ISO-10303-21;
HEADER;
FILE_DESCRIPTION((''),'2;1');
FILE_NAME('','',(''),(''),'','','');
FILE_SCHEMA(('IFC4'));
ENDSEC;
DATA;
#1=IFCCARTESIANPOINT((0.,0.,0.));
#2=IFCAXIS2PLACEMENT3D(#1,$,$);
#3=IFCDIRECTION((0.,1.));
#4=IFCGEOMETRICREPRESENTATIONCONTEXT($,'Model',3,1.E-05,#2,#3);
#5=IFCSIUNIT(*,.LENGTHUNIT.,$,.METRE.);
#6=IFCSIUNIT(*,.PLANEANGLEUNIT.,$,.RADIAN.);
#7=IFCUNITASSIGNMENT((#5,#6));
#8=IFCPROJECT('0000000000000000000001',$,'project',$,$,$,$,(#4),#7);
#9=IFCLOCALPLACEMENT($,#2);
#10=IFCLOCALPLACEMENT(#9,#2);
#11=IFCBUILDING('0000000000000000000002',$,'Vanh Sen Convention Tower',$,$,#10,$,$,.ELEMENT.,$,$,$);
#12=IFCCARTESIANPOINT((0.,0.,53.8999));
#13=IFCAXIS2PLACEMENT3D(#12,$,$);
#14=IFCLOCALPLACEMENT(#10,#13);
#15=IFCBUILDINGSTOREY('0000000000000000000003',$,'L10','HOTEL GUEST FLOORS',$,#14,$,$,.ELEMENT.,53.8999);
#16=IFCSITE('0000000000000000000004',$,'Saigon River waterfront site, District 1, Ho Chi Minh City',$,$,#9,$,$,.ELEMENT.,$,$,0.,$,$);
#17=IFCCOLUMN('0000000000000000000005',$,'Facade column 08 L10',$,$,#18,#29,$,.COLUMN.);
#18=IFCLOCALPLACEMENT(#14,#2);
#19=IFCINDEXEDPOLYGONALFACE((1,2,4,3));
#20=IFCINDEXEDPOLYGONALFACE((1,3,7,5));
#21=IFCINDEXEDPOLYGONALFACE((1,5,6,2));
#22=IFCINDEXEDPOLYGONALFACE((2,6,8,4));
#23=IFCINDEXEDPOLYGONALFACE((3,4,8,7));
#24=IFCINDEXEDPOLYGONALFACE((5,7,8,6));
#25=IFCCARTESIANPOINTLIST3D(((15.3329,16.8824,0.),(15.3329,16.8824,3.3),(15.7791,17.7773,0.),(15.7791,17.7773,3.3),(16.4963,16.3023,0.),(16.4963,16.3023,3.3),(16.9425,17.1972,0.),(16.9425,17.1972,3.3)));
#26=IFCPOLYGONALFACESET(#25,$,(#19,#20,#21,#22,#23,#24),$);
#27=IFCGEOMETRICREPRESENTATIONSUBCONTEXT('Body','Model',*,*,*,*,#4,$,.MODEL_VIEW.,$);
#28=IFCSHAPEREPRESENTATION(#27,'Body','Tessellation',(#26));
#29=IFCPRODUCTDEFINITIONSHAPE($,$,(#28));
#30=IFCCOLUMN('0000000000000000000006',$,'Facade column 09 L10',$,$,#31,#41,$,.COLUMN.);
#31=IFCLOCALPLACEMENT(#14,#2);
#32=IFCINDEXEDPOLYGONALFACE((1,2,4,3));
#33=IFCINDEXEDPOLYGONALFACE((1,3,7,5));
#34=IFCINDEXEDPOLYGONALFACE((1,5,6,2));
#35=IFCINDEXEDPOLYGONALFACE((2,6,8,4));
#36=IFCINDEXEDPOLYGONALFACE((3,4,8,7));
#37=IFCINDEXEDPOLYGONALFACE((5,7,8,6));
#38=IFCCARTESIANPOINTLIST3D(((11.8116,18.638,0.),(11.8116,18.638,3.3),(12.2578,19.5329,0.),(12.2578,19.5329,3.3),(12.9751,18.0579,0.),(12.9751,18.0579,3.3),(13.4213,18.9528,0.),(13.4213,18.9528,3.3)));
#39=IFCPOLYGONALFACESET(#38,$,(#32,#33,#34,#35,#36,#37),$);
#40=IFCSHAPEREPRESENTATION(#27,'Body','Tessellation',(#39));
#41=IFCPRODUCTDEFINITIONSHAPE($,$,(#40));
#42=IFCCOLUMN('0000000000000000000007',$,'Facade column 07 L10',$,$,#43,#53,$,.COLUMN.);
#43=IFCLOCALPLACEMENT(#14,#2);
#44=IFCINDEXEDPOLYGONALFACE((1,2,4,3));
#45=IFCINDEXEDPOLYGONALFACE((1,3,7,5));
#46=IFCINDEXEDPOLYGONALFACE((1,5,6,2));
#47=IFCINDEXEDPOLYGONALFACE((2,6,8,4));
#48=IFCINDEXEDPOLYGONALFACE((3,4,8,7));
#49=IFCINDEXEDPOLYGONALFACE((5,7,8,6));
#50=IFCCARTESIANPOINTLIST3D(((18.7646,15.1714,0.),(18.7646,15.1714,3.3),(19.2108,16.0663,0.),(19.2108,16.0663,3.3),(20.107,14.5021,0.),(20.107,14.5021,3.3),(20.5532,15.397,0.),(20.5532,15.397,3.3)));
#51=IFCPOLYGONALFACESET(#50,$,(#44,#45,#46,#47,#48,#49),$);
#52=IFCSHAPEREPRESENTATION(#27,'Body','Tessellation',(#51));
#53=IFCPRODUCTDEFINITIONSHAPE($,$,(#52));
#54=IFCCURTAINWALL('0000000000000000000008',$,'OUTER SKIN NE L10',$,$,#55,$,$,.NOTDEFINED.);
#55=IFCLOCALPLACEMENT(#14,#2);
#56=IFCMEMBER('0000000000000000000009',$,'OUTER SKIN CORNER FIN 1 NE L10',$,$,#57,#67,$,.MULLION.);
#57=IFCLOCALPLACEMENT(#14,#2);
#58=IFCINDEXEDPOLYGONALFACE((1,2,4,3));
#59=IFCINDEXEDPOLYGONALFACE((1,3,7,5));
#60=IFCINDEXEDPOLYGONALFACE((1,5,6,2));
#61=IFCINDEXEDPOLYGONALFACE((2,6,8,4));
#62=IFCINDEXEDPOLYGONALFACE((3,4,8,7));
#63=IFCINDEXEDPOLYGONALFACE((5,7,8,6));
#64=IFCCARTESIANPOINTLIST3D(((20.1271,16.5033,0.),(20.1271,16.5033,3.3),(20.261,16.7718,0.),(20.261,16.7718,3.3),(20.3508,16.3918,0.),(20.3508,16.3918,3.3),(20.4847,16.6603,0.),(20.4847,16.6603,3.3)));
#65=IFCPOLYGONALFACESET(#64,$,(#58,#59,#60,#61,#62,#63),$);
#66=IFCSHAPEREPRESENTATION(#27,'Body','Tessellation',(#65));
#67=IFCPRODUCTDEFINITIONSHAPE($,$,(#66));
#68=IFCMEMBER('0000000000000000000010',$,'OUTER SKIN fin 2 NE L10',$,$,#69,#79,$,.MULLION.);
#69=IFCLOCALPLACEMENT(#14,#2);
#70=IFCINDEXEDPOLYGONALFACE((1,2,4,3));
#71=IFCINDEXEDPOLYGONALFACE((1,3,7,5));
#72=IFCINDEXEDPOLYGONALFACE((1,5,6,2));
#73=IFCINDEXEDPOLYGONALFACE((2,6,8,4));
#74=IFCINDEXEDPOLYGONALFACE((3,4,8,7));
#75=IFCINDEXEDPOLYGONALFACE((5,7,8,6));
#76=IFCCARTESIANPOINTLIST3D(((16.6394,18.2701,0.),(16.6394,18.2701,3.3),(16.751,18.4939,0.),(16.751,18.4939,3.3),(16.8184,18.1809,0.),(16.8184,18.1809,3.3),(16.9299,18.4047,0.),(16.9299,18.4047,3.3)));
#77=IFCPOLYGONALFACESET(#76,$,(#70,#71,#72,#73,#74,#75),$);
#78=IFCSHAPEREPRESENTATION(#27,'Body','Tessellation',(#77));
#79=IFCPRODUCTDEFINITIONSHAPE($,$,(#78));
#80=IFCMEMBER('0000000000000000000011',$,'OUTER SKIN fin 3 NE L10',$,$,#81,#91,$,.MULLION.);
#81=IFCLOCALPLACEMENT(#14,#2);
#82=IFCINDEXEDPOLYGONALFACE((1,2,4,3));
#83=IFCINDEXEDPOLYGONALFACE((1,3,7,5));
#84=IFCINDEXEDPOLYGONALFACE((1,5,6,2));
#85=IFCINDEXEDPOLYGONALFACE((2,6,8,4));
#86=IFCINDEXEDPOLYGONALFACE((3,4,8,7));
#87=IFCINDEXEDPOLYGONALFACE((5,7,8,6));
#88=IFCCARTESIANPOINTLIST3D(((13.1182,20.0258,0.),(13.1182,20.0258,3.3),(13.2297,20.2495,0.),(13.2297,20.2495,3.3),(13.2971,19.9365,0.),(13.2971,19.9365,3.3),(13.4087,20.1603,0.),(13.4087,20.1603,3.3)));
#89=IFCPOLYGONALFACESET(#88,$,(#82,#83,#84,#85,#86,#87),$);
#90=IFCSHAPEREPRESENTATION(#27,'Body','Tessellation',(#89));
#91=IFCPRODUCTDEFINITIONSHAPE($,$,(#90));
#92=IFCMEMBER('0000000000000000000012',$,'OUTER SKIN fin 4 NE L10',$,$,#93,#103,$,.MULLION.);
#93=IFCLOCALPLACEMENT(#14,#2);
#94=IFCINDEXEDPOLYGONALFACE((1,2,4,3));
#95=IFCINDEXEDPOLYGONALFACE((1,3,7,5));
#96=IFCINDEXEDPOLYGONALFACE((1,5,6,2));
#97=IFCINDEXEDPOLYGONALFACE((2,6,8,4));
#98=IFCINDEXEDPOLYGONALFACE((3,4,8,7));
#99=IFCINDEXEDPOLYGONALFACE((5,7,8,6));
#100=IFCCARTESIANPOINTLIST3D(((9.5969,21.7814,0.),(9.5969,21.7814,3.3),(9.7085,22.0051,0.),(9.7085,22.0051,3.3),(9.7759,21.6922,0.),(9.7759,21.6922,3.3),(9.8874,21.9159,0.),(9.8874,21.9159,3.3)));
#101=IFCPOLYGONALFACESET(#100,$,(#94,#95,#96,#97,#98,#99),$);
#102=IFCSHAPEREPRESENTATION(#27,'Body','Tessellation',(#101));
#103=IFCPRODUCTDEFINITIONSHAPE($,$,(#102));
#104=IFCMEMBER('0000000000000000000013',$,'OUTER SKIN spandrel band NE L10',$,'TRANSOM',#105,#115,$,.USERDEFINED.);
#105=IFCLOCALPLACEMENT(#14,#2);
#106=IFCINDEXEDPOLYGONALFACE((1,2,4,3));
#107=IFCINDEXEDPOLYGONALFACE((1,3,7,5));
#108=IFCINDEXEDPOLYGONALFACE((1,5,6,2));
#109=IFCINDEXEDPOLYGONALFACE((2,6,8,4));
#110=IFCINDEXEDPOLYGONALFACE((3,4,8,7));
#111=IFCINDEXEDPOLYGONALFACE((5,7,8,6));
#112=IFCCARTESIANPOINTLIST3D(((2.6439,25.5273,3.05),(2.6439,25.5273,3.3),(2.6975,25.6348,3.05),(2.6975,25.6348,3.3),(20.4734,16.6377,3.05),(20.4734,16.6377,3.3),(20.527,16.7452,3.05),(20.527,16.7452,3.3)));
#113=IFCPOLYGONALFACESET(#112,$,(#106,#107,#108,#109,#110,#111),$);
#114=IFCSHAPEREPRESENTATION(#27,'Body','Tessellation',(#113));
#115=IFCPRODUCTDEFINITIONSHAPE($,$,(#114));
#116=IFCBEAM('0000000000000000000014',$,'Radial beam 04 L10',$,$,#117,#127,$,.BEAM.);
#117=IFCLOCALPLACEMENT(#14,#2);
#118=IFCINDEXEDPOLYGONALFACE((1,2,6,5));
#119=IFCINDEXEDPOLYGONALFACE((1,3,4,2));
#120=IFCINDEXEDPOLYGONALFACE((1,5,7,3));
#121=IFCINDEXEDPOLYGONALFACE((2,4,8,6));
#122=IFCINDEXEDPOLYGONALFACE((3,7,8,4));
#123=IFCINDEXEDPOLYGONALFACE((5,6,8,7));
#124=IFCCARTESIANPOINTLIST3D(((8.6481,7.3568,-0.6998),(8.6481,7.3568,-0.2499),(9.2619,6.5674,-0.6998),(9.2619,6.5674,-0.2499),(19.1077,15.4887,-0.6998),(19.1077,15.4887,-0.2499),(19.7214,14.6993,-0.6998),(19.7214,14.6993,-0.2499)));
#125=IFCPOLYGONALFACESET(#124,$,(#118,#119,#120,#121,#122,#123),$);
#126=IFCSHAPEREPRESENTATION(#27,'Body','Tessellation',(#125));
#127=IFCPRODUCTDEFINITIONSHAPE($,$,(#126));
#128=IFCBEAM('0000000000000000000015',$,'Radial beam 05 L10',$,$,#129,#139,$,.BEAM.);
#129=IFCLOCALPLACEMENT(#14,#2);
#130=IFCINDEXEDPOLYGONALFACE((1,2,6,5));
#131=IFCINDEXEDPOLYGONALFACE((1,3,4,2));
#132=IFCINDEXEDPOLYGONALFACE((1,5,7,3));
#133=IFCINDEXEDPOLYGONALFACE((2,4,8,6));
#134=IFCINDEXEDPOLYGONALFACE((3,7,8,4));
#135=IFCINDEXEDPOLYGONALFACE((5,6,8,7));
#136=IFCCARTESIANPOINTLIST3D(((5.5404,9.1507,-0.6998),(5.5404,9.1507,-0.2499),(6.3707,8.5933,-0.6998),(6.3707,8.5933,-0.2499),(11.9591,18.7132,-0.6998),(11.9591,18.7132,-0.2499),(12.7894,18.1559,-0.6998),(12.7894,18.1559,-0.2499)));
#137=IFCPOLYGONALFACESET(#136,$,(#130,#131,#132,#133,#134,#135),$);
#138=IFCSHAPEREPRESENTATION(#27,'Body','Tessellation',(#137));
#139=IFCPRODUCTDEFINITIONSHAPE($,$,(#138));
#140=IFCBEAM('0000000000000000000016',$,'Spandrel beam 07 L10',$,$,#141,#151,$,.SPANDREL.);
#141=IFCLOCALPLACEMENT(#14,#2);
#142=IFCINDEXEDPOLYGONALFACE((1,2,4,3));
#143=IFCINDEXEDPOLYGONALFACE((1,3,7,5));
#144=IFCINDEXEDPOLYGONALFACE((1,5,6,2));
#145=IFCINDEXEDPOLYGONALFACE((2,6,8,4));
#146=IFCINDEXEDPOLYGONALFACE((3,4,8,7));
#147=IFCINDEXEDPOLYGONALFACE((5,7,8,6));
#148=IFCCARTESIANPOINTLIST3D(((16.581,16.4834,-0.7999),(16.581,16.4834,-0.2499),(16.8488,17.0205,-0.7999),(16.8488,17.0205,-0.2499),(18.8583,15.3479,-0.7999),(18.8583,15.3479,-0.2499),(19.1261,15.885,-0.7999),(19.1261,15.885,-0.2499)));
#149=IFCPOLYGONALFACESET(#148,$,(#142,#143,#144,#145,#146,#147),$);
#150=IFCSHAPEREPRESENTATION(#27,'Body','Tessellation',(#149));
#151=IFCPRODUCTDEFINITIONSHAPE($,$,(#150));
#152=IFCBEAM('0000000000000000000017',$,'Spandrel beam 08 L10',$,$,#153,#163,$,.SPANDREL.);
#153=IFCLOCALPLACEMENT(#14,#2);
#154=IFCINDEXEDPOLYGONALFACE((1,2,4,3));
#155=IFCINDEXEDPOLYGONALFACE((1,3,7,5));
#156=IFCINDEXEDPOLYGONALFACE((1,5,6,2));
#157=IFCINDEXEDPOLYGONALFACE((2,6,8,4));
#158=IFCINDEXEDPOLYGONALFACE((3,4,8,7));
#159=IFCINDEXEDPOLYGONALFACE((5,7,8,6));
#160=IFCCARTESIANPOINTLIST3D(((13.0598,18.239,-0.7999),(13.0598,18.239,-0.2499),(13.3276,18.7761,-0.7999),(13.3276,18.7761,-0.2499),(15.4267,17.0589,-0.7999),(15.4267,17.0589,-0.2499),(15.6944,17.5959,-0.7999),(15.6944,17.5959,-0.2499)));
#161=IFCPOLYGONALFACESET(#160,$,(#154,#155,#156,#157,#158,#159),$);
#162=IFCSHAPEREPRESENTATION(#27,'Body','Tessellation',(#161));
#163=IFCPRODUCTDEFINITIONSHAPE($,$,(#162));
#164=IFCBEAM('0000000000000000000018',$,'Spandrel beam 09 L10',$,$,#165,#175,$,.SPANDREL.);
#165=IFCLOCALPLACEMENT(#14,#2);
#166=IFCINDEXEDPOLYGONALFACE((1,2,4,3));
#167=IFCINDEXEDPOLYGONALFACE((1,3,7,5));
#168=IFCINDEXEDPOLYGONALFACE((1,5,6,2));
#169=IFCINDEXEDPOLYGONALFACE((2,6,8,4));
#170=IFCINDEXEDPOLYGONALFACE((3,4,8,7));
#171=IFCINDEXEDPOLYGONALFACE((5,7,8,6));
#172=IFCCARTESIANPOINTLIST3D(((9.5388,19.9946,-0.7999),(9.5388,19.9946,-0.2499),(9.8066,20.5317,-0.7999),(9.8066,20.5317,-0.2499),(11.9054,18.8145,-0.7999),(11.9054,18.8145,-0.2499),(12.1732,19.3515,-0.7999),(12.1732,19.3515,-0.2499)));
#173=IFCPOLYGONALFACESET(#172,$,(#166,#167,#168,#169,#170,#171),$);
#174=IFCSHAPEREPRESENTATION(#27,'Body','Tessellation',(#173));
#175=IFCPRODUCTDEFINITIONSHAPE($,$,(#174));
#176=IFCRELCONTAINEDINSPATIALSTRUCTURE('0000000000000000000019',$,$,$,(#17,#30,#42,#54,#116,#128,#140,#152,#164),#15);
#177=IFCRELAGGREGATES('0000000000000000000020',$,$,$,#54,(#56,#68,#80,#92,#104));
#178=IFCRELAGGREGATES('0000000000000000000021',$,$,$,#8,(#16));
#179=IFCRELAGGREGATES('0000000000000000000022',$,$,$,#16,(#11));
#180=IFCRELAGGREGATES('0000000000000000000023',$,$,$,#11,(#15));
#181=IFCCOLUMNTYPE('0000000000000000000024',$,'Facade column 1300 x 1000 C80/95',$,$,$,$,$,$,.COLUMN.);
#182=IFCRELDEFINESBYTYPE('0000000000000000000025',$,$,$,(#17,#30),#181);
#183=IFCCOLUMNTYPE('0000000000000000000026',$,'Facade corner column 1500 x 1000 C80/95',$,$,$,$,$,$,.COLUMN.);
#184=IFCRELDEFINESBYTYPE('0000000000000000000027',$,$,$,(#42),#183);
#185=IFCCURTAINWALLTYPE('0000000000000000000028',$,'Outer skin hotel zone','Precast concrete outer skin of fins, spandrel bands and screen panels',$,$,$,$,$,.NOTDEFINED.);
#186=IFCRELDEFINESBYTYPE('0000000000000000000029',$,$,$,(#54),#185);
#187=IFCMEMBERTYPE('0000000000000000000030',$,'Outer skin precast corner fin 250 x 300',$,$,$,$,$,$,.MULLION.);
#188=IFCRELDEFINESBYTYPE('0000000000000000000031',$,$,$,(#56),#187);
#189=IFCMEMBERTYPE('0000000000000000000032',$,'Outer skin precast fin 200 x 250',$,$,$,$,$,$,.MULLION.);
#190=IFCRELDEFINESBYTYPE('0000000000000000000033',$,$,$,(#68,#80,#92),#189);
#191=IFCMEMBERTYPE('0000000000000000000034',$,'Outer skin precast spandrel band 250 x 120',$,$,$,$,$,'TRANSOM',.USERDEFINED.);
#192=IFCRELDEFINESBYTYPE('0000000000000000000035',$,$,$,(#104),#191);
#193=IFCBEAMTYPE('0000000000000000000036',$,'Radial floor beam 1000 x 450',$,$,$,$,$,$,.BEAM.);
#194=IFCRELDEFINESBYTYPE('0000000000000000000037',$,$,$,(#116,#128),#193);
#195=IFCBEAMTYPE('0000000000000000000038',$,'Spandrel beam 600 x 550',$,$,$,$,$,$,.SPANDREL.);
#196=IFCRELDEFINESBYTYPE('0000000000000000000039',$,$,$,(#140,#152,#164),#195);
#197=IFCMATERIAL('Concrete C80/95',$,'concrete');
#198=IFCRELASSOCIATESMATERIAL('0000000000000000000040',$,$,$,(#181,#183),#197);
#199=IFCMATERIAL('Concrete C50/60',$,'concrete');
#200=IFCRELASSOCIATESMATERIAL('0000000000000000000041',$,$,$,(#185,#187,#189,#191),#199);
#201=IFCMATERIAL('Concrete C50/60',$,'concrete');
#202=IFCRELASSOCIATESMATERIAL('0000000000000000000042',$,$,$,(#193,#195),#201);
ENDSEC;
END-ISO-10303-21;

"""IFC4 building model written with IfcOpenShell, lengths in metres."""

from ifc_helpers import new_model, si_unit, direction, frame, origin, origin_2d, place, context, subcontext, project, spatial, rectangle, extrude, material, material_profile, profile_set, type_object, element, aggregate, save


model = new_model("IFC4")

# Units and contexts
model_context = context("Model", 3, precision=1e-05, world=origin(), true_north=direction((0.0, 1.0)))
body_context = subcontext(model_context, "Body", "Model", "MODEL_VIEW")
ifc_project = project(units=[si_unit("LENGTHUNIT", "METRE"), si_unit("PLANEANGLEUNIT", "RADIAN")], contexts=[model_context])

# Site, building, storey
site_placement = place(None, origin())
site = spatial("IfcSite", under=ifc_project, at=site_placement, Name="Saigon River waterfront site, District 1, Ho Chi Minh City", CompositionType="ELEMENT", RefElevation=0.0)
building_placement = place(site_placement, origin())
building = spatial("IfcBuilding", under=site, at=building_placement, Name="Vanh Sen Convention Tower", CompositionType="ELEMENT")
storey_placement = place(building_placement, frame((0.0, 0.0, 53.8999)))
storey = spatial("IfcBuildingStorey", under=building, at=storey_placement, Name="L10", Description="HOTEL GUEST FLOORS", CompositionType="ELEMENT", Elevation=53.8999)

# Columns
ifc_material_1 = material(Name="Concrete C80/95", Category="concrete")
ifc_material_profile_1 = material_profile(ifc_material_1, rectangle(XDim=1.3, YDim=1.0, at=origin_2d()), Name="RC 1300X1000")
ifc_profile_set_1 = profile_set([ifc_material_profile_1], Name="Concrete C80/95")
column_type_1 = type_object("IfcColumnType", Name="Facade column 1300 x 1000 C80/95", PredefinedType="COLUMN", material=ifc_profile_set_1)
for number, where, z_axis, x_axis, name in (
    (1, (16.1377, 17.0398, 0.0), (0.0, 0.0, 1.0), (-0.894934, 0.446198, 0.0), "Facade column 08 L10"),
    (2, (12.6165, 18.7954, 0.0), (0.0, 0.0, 1.0), (-0.894934, 0.446198, 0.0), "Facade column 09 L10"),
):
    element("IfcColumn", number, at=place(storey_placement, frame(where, z_axis=z_axis, x_axis=x_axis)), inside=storey, type_object=column_type_1, Name=name, PredefinedType="COLUMN", context=body_context, shape_type="SweptSolid", body=[
        extrude(rectangle(XDim=1.3, YDim=1.0, at=origin_2d()), origin(), (0.0, 0.0, 1.0), 3.3),
    ])
ifc_material_profile_2 = material_profile(ifc_material_1, rectangle(XDim=1.5, YDim=1.0, at=origin_2d()), Name="RC 1500X1000")
ifc_profile_set_2 = profile_set([ifc_material_profile_2], Name="Concrete C80/95")
column_type_2 = type_object("IfcColumnType", Name="Facade corner column 1500 x 1000 C80/95", PredefinedType="COLUMN", material=ifc_profile_set_2)
column_placement = place(storey_placement, frame((19.6589, 15.2842, 0.0), z_axis=(0.0, 0.0, 1.0), x_axis=(-0.894934, 0.446198, 0.0)))
element("IfcColumn", 3, at=column_placement, inside=storey, type_object=column_type_2, Name="Facade column 07 L10", PredefinedType="COLUMN", context=body_context, shape_type="SweptSolid", body=[
    extrude(rectangle(XDim=1.5, YDim=1.0, at=origin_2d()), origin(), (0.0, 0.0, 1.0), 3.3),
])

# Curtain wall, members
ifc_material_2 = material(Name="Concrete C50/60", Category="concrete")
curtain_wall_type = type_object("IfcCurtainWallType", Name="Outer skin hotel zone", Description="Precast concrete outer skin of fins, spandrel bands and screen panels", PredefinedType="NOTDEFINED", material=ifc_material_2)
curtain_wall_1_placement = place(storey_placement, origin())
curtain_wall_1 = element("IfcCurtainWall", 4, at=curtain_wall_1_placement, inside=storey, type_object=curtain_wall_type, Name="OUTER SKIN NE L10", PredefinedType="NOTDEFINED")
ifc_material_profile_3 = material_profile(ifc_material_2, rectangle(XDim=0.25, YDim=0.3, at=origin_2d()), Name="Outer skin precast corner fin 250 x 300")
ifc_profile_set_3 = profile_set([ifc_material_profile_3], Name="Concrete C50/60")
member_type_1 = type_object("IfcMemberType", Name="Outer skin precast corner fin 250 x 300", PredefinedType="MULLION", material=ifc_profile_set_3)
member_1_placement = place(storey_placement, frame((20.3059, 16.5818, 0.0), z_axis=(0.0, 0.0, 1.0), x_axis=(-0.894934, 0.446198, 0.0)))
member_1 = element("IfcMember", 5, at=member_1_placement, type_object=member_type_1, Name="OUTER SKIN CORNER FIN 1 NE L10", PredefinedType="MULLION", context=body_context, shape_type="SweptSolid", body=[
    extrude(rectangle(XDim=0.25, YDim=0.3, at=origin_2d()), origin(), (0.0, 0.0, 1.0), 3.3),
])
ifc_material_profile_4 = material_profile(ifc_material_2, rectangle(XDim=0.2, YDim=0.25, at=origin_2d()), Name="Outer skin precast fin 200 x 250")
ifc_profile_set_4 = profile_set([ifc_material_profile_4], Name="Concrete C50/60")
member_type_2 = type_object("IfcMemberType", Name="Outer skin precast fin 200 x 250", PredefinedType="MULLION", material=ifc_profile_set_4)
member_2_placement = place(storey_placement, frame((16.7847, 18.3374, 0.0), z_axis=(0.0, 0.0, 1.0), x_axis=(-0.894934, 0.446198, 0.0)))
member_2 = element("IfcMember", 6, at=member_2_placement, type_object=member_type_2, Name="OUTER SKIN fin 2 NE L10", PredefinedType="MULLION", context=body_context, shape_type="SweptSolid", body=[
    extrude(rectangle(XDim=0.2, YDim=0.25, at=origin_2d()), origin(), (0.0, 0.0, 1.0), 3.3),
])
member_3_placement = place(storey_placement, frame((13.2634, 20.093, 0.0), z_axis=(0.0, 0.0, 1.0), x_axis=(-0.894934, 0.446198, 0.0)))
member_3 = element("IfcMember", 7, at=member_3_placement, type_object=member_type_2, Name="OUTER SKIN fin 3 NE L10", PredefinedType="MULLION", context=body_context, shape_type="SweptSolid", body=[
    extrude(rectangle(XDim=0.2, YDim=0.25, at=origin_2d()), origin(), (0.0, 0.0, 1.0), 3.3),
])
member_4_placement = place(storey_placement, frame((9.7422, 21.8486, 0.0), z_axis=(0.0, 0.0, 1.0), x_axis=(-0.894934, 0.446198, 0.0)))
member_4 = element("IfcMember", 8, at=member_4_placement, type_object=member_type_2, Name="OUTER SKIN fin 4 NE L10", PredefinedType="MULLION", context=body_context, shape_type="SweptSolid", body=[
    extrude(rectangle(XDim=0.2, YDim=0.25, at=origin_2d()), origin(), (0.0, 0.0, 1.0), 3.3),
])
ifc_material_profile_5 = material_profile(ifc_material_2, rectangle(XDim=0.1201, YDim=0.25, at=origin_2d()), Name="Outer skin precast spandrel band 250 x 120")
ifc_profile_set_5 = profile_set([ifc_material_profile_5], Name="Concrete C50/60")
member_type_3 = type_object("IfcMemberType", Name="Outer skin precast spandrel band 250 x 120", ElementType="TRANSOM", PredefinedType="USERDEFINED", material=ifc_profile_set_5)
member_5_placement = place(storey_placement, frame((20.5002, 16.6914, 3.175), z_axis=(-0.894931, 0.446204, 0.0), x_axis=(-0.446204, -0.894931, 0.0)))
member_5 = element("IfcMember", 9, at=member_5_placement, type_object=member_type_3, Name="OUTER SKIN spandrel band NE L10", ObjectType="TRANSOM", PredefinedType="USERDEFINED", context=body_context, shape_type="SweptSolid", body=[
    extrude(rectangle(XDim=0.1201, YDim=0.25, at=origin_2d()), origin(), (0.0, 0.0, 1.0), 19.9229),
])

# Beams
ifc_material_3 = material(Name="Concrete C50/60", Category="concrete")
ifc_material_profile_6 = material_profile(ifc_material_3, rectangle(XDim=1.0, YDim=0.45, at=origin_2d()), Name="RC 1000X450")
ifc_profile_set_6 = profile_set([ifc_material_profile_6], Name="Concrete C50/60")
beam_type_1 = type_object("IfcBeamType", Name="Radial floor beam 1000 x 450", PredefinedType="BEAM", material=ifc_profile_set_6)
beam_1_placement = place(storey_placement, frame((19.4146, 15.094, -0.4749), z_axis=(-0.789473, -0.613785, 0.0), x_axis=(0.613785, -0.789473, 0.0)))
element("IfcBeam", 10, at=beam_1_placement, inside=storey, type_object=beam_type_1, Name="Radial beam 04 L10", PredefinedType="BEAM", context=body_context, shape_type="SweptSolid", body=[
    extrude(rectangle(XDim=1.0, YDim=0.45, at=origin_2d()), origin(), (0.0, 0.0, 1.0), 13.2488),
])
beam_2_placement = place(storey_placement, frame((12.3743, 18.4346, -0.4749), z_axis=(-0.557324, -0.830295, 0.0), x_axis=(0.830295, -0.557324, 0.0)))
element("IfcBeam", 11, at=beam_2_placement, inside=storey, type_object=beam_type_1, Name="Radial beam 05 L10", PredefinedType="BEAM", context=body_context, shape_type="SweptSolid", body=[
    extrude(rectangle(XDim=1.0, YDim=0.45, at=origin_2d()), origin(), (0.0, 0.0, 1.0), 11.5171),
])
ifc_material_profile_7 = material_profile(ifc_material_3, rectangle(XDim=0.6001, YDim=0.55, at=origin_2d()), Name="RC 600X550")
ifc_profile_set_7 = profile_set([ifc_material_profile_7], Name="Concrete C50/60")
beam_type_2 = type_object("IfcBeamType", Name="Spandrel beam 600 x 550", PredefinedType="SPANDREL", material=ifc_profile_set_7)
beam_3_placement = place(storey_placement, frame((18.9922, 15.6165, -0.5249), z_axis=(-0.894926, 0.446216, 0.0), x_axis=(-0.446216, -0.894926, 0.0)))
element("IfcBeam", 12, at=beam_3_placement, inside=storey, type_object=beam_type_2, Name="Spandrel beam 07 L10", PredefinedType="SPANDREL", context=body_context, shape_type="SweptSolid", body=[
    extrude(rectangle(XDim=0.6001, YDim=0.55, at=origin_2d()), origin(), (0.0, 0.0, 1.0), 2.5447),
])
beam_4_placement = place(storey_placement, frame((15.5605, 17.3274, -0.5249), z_axis=(-0.894925, 0.446216, 0.0), x_axis=(-0.446216, -0.894925, 0.0)))
element("IfcBeam", 13, at=beam_4_placement, inside=storey, type_object=beam_type_2, Name="Spandrel beam 08 L10", PredefinedType="SPANDREL", context=body_context, shape_type="SweptSolid", body=[
    extrude(rectangle(XDim=0.6001, YDim=0.55, at=origin_2d()), origin(), (0.0, 0.0, 1.0), 2.6448),
])
beam_5_placement = place(storey_placement, frame((12.0393, 19.083, -0.5249), z_axis=(-0.894907, 0.446253, 0.0), x_axis=(-0.446253, -0.894907, 0.0)))
element("IfcBeam", 14, at=beam_5_placement, inside=storey, type_object=beam_type_2, Name="Spandrel beam 09 L10", PredefinedType="SPANDREL", context=body_context, shape_type="SweptSolid", body=[
    extrude(rectangle(XDim=0.6001, YDim=0.55, at=origin_2d()), origin(), (0.0, 0.0, 1.0), 2.6445),
])

aggregate(curtain_wall_1, [member_1, member_2, member_3, member_4, member_5])

save(model, "model.ifc")
